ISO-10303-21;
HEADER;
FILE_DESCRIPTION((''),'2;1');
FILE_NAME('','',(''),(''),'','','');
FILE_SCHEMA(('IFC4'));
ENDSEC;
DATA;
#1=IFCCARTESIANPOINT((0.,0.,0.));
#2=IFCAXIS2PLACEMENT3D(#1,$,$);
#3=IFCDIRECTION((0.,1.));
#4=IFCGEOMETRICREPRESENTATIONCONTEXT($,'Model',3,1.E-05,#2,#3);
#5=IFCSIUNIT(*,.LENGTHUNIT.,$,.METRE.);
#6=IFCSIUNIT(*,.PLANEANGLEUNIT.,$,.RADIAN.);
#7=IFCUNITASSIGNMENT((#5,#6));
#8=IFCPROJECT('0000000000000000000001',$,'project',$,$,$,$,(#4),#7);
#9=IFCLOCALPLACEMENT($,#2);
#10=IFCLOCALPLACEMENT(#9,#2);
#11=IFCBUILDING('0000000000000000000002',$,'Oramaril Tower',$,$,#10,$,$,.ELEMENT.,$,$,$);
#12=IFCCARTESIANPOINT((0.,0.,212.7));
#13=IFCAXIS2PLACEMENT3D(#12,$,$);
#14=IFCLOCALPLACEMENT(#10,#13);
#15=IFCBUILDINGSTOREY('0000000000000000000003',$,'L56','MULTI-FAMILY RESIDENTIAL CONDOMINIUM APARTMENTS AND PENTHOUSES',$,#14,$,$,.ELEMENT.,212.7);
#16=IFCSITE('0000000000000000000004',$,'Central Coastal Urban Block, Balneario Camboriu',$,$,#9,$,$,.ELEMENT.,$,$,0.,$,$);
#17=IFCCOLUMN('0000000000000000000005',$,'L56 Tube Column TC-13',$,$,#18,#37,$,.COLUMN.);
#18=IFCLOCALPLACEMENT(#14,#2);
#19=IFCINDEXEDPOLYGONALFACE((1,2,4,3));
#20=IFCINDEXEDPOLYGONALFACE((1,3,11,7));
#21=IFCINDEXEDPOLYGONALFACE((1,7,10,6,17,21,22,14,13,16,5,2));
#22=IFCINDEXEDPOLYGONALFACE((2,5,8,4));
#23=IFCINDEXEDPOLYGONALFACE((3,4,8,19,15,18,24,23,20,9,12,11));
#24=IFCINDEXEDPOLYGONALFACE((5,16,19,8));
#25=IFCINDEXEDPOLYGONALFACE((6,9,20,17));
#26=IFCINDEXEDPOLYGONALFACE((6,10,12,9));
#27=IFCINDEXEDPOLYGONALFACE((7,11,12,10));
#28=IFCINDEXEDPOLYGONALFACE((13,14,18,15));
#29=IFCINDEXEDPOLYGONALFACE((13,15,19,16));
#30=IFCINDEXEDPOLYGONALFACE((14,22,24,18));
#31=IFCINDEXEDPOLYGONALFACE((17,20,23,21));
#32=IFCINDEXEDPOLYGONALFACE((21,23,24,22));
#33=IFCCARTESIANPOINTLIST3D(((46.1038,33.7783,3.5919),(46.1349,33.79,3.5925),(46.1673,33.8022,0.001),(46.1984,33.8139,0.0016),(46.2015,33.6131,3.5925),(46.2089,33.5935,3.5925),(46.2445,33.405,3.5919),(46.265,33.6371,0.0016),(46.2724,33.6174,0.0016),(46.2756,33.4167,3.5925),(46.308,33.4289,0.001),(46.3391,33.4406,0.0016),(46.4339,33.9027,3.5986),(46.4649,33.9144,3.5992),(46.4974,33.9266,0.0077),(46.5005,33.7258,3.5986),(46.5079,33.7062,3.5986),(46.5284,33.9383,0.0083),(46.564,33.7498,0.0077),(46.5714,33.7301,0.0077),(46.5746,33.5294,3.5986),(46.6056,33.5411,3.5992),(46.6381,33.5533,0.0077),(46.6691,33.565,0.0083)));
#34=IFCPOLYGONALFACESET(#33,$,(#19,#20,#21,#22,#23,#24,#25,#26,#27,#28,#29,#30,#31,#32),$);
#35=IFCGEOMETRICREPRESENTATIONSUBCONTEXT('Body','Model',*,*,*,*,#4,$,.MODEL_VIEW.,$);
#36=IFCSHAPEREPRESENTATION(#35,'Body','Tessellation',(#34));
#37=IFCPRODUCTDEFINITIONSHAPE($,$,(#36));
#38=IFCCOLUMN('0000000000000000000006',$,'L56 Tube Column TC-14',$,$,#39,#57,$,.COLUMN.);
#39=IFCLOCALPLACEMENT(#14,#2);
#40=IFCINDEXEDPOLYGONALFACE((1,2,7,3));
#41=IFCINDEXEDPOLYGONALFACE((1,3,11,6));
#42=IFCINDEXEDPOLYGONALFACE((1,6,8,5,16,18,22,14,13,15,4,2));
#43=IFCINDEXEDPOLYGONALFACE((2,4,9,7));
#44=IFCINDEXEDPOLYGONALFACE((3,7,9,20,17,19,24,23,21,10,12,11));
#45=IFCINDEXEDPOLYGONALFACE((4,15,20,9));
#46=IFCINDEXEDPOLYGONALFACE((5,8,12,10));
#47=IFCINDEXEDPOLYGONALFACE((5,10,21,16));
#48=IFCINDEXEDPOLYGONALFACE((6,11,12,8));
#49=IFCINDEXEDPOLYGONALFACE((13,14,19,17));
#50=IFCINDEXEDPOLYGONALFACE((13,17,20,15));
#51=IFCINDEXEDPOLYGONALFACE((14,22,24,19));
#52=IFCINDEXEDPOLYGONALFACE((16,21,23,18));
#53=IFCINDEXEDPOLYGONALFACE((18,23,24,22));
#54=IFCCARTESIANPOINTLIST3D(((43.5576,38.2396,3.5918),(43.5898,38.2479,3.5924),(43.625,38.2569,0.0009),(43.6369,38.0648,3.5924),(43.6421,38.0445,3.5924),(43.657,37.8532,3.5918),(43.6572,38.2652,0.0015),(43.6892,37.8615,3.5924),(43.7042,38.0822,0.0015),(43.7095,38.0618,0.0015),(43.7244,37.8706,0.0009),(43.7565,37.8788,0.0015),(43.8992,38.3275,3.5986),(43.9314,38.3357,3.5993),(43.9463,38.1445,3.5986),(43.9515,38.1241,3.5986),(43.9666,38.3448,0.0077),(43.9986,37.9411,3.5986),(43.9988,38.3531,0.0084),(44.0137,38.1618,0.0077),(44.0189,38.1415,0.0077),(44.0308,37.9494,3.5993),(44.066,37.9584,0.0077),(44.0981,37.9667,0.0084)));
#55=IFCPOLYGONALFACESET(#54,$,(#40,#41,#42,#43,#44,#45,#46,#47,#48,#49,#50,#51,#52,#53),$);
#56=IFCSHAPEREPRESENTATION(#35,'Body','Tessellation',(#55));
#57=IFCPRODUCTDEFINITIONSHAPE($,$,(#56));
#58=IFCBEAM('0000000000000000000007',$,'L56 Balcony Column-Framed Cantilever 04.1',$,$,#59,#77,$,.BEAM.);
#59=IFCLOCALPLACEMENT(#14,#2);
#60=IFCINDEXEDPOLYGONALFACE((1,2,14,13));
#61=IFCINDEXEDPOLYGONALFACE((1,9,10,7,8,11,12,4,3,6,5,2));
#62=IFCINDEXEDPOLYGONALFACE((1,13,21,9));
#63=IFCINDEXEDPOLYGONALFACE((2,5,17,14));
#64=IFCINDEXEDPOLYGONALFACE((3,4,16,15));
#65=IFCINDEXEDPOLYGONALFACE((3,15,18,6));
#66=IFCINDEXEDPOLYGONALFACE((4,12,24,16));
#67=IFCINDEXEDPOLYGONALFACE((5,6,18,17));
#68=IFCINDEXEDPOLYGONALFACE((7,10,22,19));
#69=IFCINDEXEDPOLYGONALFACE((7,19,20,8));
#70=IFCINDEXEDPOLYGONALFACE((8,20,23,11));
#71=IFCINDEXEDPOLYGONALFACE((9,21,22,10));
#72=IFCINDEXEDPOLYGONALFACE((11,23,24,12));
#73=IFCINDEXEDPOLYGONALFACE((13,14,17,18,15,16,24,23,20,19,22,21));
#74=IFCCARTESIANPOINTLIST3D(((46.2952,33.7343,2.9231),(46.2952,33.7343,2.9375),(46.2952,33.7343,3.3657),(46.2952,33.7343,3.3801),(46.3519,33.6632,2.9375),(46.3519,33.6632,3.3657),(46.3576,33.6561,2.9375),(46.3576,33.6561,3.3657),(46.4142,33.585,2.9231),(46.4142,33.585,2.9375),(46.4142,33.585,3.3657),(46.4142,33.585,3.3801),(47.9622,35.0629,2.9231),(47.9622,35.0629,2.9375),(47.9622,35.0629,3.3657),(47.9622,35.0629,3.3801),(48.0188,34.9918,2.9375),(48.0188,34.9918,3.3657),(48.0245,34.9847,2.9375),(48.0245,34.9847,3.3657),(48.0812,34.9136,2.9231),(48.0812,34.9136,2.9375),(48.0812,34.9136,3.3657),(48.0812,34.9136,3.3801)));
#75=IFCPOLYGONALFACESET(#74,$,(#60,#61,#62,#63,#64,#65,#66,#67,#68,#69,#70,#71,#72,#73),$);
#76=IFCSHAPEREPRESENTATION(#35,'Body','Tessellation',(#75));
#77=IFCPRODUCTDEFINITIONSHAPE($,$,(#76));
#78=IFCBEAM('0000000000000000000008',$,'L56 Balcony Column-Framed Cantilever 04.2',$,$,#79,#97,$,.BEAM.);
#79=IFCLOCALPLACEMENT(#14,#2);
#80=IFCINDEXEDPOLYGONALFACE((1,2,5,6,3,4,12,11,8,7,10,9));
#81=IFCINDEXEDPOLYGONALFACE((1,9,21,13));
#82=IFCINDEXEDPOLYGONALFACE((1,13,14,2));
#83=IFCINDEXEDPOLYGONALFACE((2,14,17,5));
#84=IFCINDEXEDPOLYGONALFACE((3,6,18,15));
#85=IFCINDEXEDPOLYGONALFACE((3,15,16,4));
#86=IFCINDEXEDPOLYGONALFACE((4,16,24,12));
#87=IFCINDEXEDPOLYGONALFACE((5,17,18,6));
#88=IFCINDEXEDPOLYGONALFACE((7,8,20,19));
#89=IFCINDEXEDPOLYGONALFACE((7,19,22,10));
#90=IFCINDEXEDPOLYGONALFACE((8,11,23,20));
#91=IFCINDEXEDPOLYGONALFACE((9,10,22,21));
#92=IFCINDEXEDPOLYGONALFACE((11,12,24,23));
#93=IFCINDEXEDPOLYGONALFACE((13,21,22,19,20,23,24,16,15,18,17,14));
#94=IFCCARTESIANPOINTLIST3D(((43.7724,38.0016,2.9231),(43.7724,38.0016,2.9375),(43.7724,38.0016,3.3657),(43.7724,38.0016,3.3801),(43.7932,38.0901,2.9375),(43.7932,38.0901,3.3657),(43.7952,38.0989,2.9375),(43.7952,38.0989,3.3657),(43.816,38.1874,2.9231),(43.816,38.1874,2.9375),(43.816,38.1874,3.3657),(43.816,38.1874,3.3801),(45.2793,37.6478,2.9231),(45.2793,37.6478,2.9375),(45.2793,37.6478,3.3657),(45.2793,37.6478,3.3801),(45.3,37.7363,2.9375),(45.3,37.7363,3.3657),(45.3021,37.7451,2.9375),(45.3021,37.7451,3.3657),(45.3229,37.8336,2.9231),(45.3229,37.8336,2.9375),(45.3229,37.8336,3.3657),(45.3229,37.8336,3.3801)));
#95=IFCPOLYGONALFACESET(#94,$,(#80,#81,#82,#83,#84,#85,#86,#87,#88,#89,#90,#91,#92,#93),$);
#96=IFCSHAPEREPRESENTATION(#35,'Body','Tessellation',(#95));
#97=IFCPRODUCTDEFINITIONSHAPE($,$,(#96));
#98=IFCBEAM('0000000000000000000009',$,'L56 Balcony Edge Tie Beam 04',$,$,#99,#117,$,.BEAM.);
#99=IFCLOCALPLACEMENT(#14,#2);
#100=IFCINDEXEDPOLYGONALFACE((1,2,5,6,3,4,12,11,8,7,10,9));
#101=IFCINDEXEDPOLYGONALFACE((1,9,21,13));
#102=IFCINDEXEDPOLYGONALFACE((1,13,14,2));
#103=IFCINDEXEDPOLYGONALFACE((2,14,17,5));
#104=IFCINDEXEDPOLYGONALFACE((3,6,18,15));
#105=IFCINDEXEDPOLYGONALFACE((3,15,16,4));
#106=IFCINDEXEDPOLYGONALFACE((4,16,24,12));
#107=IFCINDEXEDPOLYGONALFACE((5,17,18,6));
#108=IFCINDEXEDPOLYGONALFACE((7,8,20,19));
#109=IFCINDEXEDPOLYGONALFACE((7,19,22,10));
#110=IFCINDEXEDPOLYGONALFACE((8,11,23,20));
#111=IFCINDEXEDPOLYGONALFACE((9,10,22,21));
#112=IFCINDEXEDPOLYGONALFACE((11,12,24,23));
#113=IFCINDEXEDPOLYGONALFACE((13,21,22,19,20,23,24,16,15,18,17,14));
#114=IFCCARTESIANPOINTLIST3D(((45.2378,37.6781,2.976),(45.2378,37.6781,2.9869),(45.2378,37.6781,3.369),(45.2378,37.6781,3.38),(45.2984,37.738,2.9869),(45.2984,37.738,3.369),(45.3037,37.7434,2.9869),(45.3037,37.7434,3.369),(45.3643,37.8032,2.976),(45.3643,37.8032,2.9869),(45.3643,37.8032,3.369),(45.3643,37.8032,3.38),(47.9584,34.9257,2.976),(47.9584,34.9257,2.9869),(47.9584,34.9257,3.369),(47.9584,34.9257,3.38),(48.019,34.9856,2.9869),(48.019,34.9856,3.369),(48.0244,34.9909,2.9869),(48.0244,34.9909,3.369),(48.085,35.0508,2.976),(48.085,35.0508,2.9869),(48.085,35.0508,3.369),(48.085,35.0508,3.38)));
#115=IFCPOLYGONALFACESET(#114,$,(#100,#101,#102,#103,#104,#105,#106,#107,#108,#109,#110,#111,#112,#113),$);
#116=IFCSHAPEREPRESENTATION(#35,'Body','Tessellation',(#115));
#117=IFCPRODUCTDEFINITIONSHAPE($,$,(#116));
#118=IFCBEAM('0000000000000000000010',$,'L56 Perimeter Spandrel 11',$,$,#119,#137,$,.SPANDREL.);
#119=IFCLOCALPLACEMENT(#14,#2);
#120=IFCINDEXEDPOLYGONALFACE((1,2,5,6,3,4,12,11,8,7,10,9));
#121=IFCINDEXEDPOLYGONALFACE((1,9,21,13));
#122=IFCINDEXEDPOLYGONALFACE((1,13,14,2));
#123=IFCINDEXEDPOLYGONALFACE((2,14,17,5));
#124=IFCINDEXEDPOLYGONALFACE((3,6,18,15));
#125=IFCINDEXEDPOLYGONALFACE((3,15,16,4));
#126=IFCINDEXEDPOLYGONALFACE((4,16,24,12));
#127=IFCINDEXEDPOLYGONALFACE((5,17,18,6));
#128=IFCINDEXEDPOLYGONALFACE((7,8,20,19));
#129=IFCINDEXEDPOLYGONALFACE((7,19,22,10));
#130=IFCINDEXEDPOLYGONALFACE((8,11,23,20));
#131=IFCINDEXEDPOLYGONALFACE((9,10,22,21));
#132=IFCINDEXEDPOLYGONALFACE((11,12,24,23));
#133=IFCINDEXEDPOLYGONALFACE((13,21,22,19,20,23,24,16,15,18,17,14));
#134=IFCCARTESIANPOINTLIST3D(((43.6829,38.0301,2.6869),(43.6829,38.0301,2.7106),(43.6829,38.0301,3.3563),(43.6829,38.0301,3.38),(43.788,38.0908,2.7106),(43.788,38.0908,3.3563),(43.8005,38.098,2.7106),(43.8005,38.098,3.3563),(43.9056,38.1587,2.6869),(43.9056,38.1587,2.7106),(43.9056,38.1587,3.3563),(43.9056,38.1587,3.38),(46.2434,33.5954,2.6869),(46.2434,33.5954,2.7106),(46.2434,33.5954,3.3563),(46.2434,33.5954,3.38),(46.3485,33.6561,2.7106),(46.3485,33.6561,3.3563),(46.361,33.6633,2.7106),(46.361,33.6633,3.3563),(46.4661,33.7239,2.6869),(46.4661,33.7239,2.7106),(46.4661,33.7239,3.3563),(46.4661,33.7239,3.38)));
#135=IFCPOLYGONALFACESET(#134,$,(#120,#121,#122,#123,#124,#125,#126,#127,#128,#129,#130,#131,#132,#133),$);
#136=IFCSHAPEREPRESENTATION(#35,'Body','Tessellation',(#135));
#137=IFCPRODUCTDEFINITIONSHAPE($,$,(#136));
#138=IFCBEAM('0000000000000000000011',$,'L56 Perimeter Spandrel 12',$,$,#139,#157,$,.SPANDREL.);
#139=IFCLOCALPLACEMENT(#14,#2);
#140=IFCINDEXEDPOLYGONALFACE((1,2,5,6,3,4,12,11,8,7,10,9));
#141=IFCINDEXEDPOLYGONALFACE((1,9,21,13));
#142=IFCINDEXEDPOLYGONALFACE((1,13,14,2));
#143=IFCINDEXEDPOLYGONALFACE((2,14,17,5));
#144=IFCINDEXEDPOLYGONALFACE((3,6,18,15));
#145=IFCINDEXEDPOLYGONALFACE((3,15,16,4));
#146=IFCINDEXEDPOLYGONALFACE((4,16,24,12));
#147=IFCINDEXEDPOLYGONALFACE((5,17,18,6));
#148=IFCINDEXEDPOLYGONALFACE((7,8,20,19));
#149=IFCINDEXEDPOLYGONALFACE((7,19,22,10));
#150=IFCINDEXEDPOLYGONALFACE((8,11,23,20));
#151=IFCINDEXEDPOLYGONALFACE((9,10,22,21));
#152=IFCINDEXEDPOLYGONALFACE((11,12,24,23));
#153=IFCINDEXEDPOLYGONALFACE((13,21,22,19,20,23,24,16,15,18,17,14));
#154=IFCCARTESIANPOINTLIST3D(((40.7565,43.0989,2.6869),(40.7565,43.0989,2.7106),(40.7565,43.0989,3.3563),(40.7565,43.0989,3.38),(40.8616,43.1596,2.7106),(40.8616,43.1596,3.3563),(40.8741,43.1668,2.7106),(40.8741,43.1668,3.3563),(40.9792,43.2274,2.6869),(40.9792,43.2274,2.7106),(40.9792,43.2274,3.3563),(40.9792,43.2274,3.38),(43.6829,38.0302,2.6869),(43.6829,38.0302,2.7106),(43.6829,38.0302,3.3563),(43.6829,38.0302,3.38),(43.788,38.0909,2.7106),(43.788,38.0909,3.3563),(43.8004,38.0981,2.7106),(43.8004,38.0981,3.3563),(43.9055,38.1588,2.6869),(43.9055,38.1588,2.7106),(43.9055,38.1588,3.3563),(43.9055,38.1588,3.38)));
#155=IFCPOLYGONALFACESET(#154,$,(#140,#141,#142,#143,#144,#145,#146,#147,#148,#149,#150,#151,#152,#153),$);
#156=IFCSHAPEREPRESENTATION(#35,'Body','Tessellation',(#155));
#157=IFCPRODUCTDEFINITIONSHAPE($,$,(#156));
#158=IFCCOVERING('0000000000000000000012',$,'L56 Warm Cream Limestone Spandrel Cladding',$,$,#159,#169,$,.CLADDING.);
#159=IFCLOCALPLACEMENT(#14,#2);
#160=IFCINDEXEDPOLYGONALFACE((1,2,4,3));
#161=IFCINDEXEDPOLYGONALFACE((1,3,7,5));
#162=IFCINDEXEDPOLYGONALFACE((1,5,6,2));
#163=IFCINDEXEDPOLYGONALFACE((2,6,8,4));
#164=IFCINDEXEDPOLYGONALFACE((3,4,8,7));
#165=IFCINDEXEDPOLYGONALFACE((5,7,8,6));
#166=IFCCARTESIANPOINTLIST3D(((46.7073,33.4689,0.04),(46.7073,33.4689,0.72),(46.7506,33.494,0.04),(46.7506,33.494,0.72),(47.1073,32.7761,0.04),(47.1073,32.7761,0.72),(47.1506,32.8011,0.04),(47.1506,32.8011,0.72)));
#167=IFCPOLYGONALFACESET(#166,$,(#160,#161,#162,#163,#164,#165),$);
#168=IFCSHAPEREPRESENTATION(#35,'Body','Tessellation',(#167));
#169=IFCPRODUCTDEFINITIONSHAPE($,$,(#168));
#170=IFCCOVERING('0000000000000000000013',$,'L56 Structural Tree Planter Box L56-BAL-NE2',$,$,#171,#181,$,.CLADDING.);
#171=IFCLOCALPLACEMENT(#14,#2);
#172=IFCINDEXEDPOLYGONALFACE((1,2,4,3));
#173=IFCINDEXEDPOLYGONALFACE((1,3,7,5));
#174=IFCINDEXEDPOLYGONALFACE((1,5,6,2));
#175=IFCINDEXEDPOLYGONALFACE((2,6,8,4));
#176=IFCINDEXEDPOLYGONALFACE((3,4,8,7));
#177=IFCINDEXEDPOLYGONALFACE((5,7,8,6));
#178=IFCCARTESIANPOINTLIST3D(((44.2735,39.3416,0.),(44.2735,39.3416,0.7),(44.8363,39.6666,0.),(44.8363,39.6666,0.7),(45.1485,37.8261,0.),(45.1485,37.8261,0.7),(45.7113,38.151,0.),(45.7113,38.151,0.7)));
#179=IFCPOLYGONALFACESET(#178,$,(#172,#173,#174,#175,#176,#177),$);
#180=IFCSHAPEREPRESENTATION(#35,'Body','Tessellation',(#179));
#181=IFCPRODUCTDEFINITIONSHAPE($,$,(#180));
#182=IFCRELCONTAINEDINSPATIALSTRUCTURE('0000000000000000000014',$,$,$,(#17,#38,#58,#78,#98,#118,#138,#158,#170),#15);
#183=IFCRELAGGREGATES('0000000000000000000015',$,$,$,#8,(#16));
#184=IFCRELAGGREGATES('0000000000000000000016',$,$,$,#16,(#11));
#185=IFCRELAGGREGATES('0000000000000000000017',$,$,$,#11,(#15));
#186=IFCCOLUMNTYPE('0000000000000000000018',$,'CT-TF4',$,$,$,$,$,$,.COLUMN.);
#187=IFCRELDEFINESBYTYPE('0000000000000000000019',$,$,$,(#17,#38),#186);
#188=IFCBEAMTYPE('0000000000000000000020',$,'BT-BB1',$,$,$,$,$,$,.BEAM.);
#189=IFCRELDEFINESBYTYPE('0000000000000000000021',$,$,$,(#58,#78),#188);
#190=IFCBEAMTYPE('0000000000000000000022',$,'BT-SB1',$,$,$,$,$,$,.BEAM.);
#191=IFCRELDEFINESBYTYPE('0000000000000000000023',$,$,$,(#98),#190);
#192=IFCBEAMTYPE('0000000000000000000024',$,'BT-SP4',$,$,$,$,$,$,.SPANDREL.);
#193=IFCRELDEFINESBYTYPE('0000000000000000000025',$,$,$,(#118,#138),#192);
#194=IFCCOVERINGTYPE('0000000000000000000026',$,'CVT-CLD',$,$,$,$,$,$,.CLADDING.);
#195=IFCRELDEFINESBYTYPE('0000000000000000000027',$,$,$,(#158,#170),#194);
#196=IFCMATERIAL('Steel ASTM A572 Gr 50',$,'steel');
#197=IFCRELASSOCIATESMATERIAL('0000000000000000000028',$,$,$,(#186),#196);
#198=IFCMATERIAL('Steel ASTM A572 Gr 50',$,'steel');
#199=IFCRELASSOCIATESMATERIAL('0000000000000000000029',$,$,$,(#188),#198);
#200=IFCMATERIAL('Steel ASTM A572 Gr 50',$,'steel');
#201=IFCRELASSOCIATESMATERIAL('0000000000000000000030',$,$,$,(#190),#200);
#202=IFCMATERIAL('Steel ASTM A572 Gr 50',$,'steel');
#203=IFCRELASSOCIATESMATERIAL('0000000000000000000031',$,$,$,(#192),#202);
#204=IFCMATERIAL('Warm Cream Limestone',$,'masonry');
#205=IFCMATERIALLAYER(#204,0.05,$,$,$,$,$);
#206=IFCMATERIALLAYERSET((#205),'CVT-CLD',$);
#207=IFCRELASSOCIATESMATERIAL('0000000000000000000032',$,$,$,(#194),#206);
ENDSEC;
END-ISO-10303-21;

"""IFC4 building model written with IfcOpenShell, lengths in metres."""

from ifc_helpers import new_model, si_unit, direction, frame, origin, origin_2d, place, context, subcontext, project, spatial, rectangle, i_section, extrude, material, layer, layer_set, material_profile, profile_set, type_object, element, save


model = new_model("IFC4")

# Units and contexts
model_context = context("Model", 3, precision=1e-05, world=origin(), true_north=direction((0.0, 1.0)))
body_context = subcontext(model_context, "Body", "Model", "MODEL_VIEW")
ifc_project = project(units=[si_unit("LENGTHUNIT", "METRE"), si_unit("PLANEANGLEUNIT", "RADIAN")], contexts=[model_context])

# Site, building, storey
site_placement = place(None, origin())
site = spatial("IfcSite", under=ifc_project, at=site_placement, Name="Central Coastal Urban Block, Balneario Camboriu", CompositionType="ELEMENT", RefElevation=0.0)
building_placement = place(site_placement, origin())
building = spatial("IfcBuilding", under=site, at=building_placement, Name="Oramaril Tower", CompositionType="ELEMENT")
storey_placement = place(building_placement, frame((0.0, 0.0, 212.7)))
storey = spatial("IfcBuildingStorey", under=building, at=storey_placement, Name="L56", Description="MULTI-FAMILY RESIDENTIAL CONDOMINIUM APARTMENTS AND PENTHOUSES", CompositionType="ELEMENT", Elevation=212.7)

# Columns
ifc_material_1 = material(Name="Steel ASTM A572 Gr 50", Category="steel")
ifc_material_profile_1 = material_profile(ifc_material_1, i_section(OverallWidth=0.3989, OverallDepth=0.386, WebThickness=0.021, FlangeThickness=0.0332, at=origin_2d()), Name="W14X176")
ifc_profile_set_1 = profile_set([ifc_material_profile_1], Name="Steel ASTM A572 Gr 50")
column_type = type_object("IfcColumnType", Name="CT-TF4", PredefinedType="COLUMN", material=ifc_profile_set_1)
for number, where, z_axis, x_axis, name in (
    (1, (46.4182, 33.6836, 0.0046), (-0.017674, -0.006662, 0.999822), (0.352701, -0.935736, 0.0), "L56 Tube Column TC-13"),
    (2, (43.8616, 38.1118, 0.0046), (-0.018762, -0.004826, 0.999812), (0.249135, -0.968469, 0.0), "L56 Tube Column TC-14"),
):
    element("IfcColumn", number, at=place(storey_placement, frame(where, z_axis=z_axis, x_axis=x_axis)), inside=storey, type_object=column_type, Name=name, PredefinedType="COLUMN", context=body_context, shape_type="SweptSolid", body=[
        extrude(i_section(OverallWidth=0.3989, OverallDepth=0.386, WebThickness=0.021, FlangeThickness=0.0332, at=origin_2d()), origin(), (0.0, 0.0, 1.0), 3.5916),
    ])

# Beams
ifc_material_2 = material(Name="Steel ASTM A572 Gr 50", Category="steel")
ifc_material_profile_2 = material_profile(ifc_material_2, i_section(OverallWidth=0.1909, OverallDepth=0.457, WebThickness=0.009, FlangeThickness=0.0144, at=origin_2d()), Name="W18X50")
ifc_profile_set_2 = profile_set([ifc_material_profile_2], Name="Steel ASTM A572 Gr 50")
beam_type_1 = type_object("IfcBeamType", Name="BT-BB1", PredefinedType="BEAM", material=ifc_profile_set_2)
beam_1_placement = place(storey_placement, frame((46.3547, 33.6597, 3.1516), z_axis=(0.782007, 0.623269, 0.0), x_axis=(-0.623269, 0.782007, 0.0)))
element("IfcBeam", 3, at=beam_1_placement, inside=storey, type_object=beam_type_1, Name="L56 Balcony Column-Framed Cantilever 04.1", PredefinedType="BEAM", context=body_context, shape_type="SweptSolid", body=[
    extrude(i_section(OverallWidth=0.1909, OverallDepth=0.457, WebThickness=0.009, FlangeThickness=0.0144, at=origin_2d()), origin(), (0.0, 0.0, 1.0), 2.1316),
])
beam_2_placement = place(storey_placement, frame((43.7942, 38.0945, 3.1516), z_axis=(0.973531, -0.228556, 0.0), x_axis=(0.228556, 0.973531, 0.0)))
element("IfcBeam", 4, at=beam_2_placement, inside=storey, type_object=beam_type_1, Name="L56 Balcony Column-Framed Cantilever 04.2", PredefinedType="BEAM", context=body_context, shape_type="SweptSolid", body=[
    extrude(i_section(OverallWidth=0.1909, OverallDepth=0.457, WebThickness=0.009, FlangeThickness=0.0144, at=origin_2d()), origin(), (0.0, 0.0, 1.0), 1.5479),
])
ifc_material_3 = material(Name="Steel ASTM A572 Gr 50", Category="steel")
ifc_material_profile_3 = material_profile(ifc_material_3, i_section(OverallWidth=0.178, OverallDepth=0.4041, WebThickness=0.0076, FlangeThickness=0.011, at=origin_2d()), Name="W16X36")
ifc_profile_set_3 = profile_set([ifc_material_profile_3], Name="Steel ASTM A572 Gr 50")
beam_type_2 = type_object("IfcBeamType", Name="BT-SB1", PredefinedType="BEAM", material=ifc_profile_set_3)
beam_3_placement = place(storey_placement, frame((48.0217, 34.9883, 3.178), z_axis=(-0.702995, 0.711195, 0.0), x_axis=(-0.711195, -0.702995, 0.0)))
element("IfcBeam", 5, at=beam_3_placement, inside=storey, type_object=beam_type_2, Name="L56 Balcony Edge Tie Beam 04", PredefinedType="BEAM", context=body_context, shape_type="SweptSolid", body=[
    extrude(i_section(OverallWidth=0.178, OverallDepth=0.4041, WebThickness=0.0076, FlangeThickness=0.011, at=origin_2d()), origin(), (0.0, 0.0, 1.0), 3.8701),
])
ifc_material_4 = material(Name="Steel ASTM A572 Gr 50", Category="steel")
ifc_material_profile_4 = material_profile(ifc_material_4, i_section(OverallWidth=0.2571, OverallDepth=0.6931, WebThickness=0.0144, FlangeThickness=0.0237, at=origin_2d()), Name="W27X114")
ifc_profile_set_4 = profile_set([ifc_material_profile_4], Name="Steel ASTM A572 Gr 50")
beam_type_3 = type_object("IfcBeamType", Name="BT-SP4", PredefinedType="SPANDREL", material=ifc_profile_set_4)
beam_4_placement = place(storey_placement, frame((46.3547, 33.6597, 3.0334), z_axis=(-0.500015, 0.866016, 0.0), x_axis=(-0.866016, -0.500015, 0.0)))
element("IfcBeam", 6, at=beam_4_placement, inside=storey, type_object=beam_type_3, Name="L56 Perimeter Spandrel 11", PredefinedType="SPANDREL", context=body_context, shape_type="SweptSolid", body=[
    extrude(i_section(OverallWidth=0.2571, OverallDepth=0.6931, WebThickness=0.0144, FlangeThickness=0.0237, at=origin_2d()), origin(), (0.0, 0.0, 1.0), 5.1208),
])
beam_5_placement = place(storey_placement, frame((43.7942, 38.0945, 3.0334), z_axis=(-0.499988, 0.866032, 0.0), x_axis=(-0.866032, -0.499988, 0.0)))
element("IfcBeam", 7, at=beam_5_placement, inside=storey, type_object=beam_type_3, Name="L56 Perimeter Spandrel 12", PredefinedType="SPANDREL", context=body_context, shape_type="SweptSolid", body=[
    extrude(i_section(OverallWidth=0.2571, OverallDepth=0.6931, WebThickness=0.0144, FlangeThickness=0.0237, at=origin_2d()), origin(), (0.0, 0.0, 1.0), 5.8528),
])

# Coverings
ifc_material_5 = material(Name="Warm Cream Limestone", Category="masonry")
ifc_layer = layer(ifc_material_5, 0.05)
ifc_layer_set = layer_set([ifc_layer], Name="CVT-CLD")
covering_type = type_object("IfcCoveringType", Name="CVT-CLD", PredefinedType="CLADDING", material=ifc_layer_set)
covering_1_placement = place(storey_placement, frame((46.929, 33.135, 0.04), z_axis=(0.0, 0.0, 1.0), x_axis=(-0.499998, 0.866026, 0.0)))
element("IfcCovering", 8, at=covering_1_placement, inside=storey, type_object=covering_type, Name="L56 Warm Cream Limestone Spandrel Cladding", PredefinedType="CLADDING", context=body_context, shape_type="SweptSolid", body=[
    extrude(rectangle(XDim=0.8, YDim=0.05, at=origin_2d()), origin(), (0.0, 0.0, 1.0), 0.6799),
])
covering_2_placement = place(storey_placement, frame((44.9924, 38.7463, 0.0), z_axis=(0.0, 0.0, 1.0), x_axis=(-0.499998, 0.866026, 0.0)))
element("IfcCovering", 9, at=covering_2_placement, inside=storey, type_object=covering_type, Name="L56 Structural Tree Planter Box L56-BAL-NE2", PredefinedType="CLADDING", context=body_context, shape_type="SweptSolid", body=[
    extrude(rectangle(XDim=1.75, YDim=0.6499, at=origin_2d()), origin(), (0.0, 0.0, 1.0), 0.7),
])

save(model, "model.ifc")
